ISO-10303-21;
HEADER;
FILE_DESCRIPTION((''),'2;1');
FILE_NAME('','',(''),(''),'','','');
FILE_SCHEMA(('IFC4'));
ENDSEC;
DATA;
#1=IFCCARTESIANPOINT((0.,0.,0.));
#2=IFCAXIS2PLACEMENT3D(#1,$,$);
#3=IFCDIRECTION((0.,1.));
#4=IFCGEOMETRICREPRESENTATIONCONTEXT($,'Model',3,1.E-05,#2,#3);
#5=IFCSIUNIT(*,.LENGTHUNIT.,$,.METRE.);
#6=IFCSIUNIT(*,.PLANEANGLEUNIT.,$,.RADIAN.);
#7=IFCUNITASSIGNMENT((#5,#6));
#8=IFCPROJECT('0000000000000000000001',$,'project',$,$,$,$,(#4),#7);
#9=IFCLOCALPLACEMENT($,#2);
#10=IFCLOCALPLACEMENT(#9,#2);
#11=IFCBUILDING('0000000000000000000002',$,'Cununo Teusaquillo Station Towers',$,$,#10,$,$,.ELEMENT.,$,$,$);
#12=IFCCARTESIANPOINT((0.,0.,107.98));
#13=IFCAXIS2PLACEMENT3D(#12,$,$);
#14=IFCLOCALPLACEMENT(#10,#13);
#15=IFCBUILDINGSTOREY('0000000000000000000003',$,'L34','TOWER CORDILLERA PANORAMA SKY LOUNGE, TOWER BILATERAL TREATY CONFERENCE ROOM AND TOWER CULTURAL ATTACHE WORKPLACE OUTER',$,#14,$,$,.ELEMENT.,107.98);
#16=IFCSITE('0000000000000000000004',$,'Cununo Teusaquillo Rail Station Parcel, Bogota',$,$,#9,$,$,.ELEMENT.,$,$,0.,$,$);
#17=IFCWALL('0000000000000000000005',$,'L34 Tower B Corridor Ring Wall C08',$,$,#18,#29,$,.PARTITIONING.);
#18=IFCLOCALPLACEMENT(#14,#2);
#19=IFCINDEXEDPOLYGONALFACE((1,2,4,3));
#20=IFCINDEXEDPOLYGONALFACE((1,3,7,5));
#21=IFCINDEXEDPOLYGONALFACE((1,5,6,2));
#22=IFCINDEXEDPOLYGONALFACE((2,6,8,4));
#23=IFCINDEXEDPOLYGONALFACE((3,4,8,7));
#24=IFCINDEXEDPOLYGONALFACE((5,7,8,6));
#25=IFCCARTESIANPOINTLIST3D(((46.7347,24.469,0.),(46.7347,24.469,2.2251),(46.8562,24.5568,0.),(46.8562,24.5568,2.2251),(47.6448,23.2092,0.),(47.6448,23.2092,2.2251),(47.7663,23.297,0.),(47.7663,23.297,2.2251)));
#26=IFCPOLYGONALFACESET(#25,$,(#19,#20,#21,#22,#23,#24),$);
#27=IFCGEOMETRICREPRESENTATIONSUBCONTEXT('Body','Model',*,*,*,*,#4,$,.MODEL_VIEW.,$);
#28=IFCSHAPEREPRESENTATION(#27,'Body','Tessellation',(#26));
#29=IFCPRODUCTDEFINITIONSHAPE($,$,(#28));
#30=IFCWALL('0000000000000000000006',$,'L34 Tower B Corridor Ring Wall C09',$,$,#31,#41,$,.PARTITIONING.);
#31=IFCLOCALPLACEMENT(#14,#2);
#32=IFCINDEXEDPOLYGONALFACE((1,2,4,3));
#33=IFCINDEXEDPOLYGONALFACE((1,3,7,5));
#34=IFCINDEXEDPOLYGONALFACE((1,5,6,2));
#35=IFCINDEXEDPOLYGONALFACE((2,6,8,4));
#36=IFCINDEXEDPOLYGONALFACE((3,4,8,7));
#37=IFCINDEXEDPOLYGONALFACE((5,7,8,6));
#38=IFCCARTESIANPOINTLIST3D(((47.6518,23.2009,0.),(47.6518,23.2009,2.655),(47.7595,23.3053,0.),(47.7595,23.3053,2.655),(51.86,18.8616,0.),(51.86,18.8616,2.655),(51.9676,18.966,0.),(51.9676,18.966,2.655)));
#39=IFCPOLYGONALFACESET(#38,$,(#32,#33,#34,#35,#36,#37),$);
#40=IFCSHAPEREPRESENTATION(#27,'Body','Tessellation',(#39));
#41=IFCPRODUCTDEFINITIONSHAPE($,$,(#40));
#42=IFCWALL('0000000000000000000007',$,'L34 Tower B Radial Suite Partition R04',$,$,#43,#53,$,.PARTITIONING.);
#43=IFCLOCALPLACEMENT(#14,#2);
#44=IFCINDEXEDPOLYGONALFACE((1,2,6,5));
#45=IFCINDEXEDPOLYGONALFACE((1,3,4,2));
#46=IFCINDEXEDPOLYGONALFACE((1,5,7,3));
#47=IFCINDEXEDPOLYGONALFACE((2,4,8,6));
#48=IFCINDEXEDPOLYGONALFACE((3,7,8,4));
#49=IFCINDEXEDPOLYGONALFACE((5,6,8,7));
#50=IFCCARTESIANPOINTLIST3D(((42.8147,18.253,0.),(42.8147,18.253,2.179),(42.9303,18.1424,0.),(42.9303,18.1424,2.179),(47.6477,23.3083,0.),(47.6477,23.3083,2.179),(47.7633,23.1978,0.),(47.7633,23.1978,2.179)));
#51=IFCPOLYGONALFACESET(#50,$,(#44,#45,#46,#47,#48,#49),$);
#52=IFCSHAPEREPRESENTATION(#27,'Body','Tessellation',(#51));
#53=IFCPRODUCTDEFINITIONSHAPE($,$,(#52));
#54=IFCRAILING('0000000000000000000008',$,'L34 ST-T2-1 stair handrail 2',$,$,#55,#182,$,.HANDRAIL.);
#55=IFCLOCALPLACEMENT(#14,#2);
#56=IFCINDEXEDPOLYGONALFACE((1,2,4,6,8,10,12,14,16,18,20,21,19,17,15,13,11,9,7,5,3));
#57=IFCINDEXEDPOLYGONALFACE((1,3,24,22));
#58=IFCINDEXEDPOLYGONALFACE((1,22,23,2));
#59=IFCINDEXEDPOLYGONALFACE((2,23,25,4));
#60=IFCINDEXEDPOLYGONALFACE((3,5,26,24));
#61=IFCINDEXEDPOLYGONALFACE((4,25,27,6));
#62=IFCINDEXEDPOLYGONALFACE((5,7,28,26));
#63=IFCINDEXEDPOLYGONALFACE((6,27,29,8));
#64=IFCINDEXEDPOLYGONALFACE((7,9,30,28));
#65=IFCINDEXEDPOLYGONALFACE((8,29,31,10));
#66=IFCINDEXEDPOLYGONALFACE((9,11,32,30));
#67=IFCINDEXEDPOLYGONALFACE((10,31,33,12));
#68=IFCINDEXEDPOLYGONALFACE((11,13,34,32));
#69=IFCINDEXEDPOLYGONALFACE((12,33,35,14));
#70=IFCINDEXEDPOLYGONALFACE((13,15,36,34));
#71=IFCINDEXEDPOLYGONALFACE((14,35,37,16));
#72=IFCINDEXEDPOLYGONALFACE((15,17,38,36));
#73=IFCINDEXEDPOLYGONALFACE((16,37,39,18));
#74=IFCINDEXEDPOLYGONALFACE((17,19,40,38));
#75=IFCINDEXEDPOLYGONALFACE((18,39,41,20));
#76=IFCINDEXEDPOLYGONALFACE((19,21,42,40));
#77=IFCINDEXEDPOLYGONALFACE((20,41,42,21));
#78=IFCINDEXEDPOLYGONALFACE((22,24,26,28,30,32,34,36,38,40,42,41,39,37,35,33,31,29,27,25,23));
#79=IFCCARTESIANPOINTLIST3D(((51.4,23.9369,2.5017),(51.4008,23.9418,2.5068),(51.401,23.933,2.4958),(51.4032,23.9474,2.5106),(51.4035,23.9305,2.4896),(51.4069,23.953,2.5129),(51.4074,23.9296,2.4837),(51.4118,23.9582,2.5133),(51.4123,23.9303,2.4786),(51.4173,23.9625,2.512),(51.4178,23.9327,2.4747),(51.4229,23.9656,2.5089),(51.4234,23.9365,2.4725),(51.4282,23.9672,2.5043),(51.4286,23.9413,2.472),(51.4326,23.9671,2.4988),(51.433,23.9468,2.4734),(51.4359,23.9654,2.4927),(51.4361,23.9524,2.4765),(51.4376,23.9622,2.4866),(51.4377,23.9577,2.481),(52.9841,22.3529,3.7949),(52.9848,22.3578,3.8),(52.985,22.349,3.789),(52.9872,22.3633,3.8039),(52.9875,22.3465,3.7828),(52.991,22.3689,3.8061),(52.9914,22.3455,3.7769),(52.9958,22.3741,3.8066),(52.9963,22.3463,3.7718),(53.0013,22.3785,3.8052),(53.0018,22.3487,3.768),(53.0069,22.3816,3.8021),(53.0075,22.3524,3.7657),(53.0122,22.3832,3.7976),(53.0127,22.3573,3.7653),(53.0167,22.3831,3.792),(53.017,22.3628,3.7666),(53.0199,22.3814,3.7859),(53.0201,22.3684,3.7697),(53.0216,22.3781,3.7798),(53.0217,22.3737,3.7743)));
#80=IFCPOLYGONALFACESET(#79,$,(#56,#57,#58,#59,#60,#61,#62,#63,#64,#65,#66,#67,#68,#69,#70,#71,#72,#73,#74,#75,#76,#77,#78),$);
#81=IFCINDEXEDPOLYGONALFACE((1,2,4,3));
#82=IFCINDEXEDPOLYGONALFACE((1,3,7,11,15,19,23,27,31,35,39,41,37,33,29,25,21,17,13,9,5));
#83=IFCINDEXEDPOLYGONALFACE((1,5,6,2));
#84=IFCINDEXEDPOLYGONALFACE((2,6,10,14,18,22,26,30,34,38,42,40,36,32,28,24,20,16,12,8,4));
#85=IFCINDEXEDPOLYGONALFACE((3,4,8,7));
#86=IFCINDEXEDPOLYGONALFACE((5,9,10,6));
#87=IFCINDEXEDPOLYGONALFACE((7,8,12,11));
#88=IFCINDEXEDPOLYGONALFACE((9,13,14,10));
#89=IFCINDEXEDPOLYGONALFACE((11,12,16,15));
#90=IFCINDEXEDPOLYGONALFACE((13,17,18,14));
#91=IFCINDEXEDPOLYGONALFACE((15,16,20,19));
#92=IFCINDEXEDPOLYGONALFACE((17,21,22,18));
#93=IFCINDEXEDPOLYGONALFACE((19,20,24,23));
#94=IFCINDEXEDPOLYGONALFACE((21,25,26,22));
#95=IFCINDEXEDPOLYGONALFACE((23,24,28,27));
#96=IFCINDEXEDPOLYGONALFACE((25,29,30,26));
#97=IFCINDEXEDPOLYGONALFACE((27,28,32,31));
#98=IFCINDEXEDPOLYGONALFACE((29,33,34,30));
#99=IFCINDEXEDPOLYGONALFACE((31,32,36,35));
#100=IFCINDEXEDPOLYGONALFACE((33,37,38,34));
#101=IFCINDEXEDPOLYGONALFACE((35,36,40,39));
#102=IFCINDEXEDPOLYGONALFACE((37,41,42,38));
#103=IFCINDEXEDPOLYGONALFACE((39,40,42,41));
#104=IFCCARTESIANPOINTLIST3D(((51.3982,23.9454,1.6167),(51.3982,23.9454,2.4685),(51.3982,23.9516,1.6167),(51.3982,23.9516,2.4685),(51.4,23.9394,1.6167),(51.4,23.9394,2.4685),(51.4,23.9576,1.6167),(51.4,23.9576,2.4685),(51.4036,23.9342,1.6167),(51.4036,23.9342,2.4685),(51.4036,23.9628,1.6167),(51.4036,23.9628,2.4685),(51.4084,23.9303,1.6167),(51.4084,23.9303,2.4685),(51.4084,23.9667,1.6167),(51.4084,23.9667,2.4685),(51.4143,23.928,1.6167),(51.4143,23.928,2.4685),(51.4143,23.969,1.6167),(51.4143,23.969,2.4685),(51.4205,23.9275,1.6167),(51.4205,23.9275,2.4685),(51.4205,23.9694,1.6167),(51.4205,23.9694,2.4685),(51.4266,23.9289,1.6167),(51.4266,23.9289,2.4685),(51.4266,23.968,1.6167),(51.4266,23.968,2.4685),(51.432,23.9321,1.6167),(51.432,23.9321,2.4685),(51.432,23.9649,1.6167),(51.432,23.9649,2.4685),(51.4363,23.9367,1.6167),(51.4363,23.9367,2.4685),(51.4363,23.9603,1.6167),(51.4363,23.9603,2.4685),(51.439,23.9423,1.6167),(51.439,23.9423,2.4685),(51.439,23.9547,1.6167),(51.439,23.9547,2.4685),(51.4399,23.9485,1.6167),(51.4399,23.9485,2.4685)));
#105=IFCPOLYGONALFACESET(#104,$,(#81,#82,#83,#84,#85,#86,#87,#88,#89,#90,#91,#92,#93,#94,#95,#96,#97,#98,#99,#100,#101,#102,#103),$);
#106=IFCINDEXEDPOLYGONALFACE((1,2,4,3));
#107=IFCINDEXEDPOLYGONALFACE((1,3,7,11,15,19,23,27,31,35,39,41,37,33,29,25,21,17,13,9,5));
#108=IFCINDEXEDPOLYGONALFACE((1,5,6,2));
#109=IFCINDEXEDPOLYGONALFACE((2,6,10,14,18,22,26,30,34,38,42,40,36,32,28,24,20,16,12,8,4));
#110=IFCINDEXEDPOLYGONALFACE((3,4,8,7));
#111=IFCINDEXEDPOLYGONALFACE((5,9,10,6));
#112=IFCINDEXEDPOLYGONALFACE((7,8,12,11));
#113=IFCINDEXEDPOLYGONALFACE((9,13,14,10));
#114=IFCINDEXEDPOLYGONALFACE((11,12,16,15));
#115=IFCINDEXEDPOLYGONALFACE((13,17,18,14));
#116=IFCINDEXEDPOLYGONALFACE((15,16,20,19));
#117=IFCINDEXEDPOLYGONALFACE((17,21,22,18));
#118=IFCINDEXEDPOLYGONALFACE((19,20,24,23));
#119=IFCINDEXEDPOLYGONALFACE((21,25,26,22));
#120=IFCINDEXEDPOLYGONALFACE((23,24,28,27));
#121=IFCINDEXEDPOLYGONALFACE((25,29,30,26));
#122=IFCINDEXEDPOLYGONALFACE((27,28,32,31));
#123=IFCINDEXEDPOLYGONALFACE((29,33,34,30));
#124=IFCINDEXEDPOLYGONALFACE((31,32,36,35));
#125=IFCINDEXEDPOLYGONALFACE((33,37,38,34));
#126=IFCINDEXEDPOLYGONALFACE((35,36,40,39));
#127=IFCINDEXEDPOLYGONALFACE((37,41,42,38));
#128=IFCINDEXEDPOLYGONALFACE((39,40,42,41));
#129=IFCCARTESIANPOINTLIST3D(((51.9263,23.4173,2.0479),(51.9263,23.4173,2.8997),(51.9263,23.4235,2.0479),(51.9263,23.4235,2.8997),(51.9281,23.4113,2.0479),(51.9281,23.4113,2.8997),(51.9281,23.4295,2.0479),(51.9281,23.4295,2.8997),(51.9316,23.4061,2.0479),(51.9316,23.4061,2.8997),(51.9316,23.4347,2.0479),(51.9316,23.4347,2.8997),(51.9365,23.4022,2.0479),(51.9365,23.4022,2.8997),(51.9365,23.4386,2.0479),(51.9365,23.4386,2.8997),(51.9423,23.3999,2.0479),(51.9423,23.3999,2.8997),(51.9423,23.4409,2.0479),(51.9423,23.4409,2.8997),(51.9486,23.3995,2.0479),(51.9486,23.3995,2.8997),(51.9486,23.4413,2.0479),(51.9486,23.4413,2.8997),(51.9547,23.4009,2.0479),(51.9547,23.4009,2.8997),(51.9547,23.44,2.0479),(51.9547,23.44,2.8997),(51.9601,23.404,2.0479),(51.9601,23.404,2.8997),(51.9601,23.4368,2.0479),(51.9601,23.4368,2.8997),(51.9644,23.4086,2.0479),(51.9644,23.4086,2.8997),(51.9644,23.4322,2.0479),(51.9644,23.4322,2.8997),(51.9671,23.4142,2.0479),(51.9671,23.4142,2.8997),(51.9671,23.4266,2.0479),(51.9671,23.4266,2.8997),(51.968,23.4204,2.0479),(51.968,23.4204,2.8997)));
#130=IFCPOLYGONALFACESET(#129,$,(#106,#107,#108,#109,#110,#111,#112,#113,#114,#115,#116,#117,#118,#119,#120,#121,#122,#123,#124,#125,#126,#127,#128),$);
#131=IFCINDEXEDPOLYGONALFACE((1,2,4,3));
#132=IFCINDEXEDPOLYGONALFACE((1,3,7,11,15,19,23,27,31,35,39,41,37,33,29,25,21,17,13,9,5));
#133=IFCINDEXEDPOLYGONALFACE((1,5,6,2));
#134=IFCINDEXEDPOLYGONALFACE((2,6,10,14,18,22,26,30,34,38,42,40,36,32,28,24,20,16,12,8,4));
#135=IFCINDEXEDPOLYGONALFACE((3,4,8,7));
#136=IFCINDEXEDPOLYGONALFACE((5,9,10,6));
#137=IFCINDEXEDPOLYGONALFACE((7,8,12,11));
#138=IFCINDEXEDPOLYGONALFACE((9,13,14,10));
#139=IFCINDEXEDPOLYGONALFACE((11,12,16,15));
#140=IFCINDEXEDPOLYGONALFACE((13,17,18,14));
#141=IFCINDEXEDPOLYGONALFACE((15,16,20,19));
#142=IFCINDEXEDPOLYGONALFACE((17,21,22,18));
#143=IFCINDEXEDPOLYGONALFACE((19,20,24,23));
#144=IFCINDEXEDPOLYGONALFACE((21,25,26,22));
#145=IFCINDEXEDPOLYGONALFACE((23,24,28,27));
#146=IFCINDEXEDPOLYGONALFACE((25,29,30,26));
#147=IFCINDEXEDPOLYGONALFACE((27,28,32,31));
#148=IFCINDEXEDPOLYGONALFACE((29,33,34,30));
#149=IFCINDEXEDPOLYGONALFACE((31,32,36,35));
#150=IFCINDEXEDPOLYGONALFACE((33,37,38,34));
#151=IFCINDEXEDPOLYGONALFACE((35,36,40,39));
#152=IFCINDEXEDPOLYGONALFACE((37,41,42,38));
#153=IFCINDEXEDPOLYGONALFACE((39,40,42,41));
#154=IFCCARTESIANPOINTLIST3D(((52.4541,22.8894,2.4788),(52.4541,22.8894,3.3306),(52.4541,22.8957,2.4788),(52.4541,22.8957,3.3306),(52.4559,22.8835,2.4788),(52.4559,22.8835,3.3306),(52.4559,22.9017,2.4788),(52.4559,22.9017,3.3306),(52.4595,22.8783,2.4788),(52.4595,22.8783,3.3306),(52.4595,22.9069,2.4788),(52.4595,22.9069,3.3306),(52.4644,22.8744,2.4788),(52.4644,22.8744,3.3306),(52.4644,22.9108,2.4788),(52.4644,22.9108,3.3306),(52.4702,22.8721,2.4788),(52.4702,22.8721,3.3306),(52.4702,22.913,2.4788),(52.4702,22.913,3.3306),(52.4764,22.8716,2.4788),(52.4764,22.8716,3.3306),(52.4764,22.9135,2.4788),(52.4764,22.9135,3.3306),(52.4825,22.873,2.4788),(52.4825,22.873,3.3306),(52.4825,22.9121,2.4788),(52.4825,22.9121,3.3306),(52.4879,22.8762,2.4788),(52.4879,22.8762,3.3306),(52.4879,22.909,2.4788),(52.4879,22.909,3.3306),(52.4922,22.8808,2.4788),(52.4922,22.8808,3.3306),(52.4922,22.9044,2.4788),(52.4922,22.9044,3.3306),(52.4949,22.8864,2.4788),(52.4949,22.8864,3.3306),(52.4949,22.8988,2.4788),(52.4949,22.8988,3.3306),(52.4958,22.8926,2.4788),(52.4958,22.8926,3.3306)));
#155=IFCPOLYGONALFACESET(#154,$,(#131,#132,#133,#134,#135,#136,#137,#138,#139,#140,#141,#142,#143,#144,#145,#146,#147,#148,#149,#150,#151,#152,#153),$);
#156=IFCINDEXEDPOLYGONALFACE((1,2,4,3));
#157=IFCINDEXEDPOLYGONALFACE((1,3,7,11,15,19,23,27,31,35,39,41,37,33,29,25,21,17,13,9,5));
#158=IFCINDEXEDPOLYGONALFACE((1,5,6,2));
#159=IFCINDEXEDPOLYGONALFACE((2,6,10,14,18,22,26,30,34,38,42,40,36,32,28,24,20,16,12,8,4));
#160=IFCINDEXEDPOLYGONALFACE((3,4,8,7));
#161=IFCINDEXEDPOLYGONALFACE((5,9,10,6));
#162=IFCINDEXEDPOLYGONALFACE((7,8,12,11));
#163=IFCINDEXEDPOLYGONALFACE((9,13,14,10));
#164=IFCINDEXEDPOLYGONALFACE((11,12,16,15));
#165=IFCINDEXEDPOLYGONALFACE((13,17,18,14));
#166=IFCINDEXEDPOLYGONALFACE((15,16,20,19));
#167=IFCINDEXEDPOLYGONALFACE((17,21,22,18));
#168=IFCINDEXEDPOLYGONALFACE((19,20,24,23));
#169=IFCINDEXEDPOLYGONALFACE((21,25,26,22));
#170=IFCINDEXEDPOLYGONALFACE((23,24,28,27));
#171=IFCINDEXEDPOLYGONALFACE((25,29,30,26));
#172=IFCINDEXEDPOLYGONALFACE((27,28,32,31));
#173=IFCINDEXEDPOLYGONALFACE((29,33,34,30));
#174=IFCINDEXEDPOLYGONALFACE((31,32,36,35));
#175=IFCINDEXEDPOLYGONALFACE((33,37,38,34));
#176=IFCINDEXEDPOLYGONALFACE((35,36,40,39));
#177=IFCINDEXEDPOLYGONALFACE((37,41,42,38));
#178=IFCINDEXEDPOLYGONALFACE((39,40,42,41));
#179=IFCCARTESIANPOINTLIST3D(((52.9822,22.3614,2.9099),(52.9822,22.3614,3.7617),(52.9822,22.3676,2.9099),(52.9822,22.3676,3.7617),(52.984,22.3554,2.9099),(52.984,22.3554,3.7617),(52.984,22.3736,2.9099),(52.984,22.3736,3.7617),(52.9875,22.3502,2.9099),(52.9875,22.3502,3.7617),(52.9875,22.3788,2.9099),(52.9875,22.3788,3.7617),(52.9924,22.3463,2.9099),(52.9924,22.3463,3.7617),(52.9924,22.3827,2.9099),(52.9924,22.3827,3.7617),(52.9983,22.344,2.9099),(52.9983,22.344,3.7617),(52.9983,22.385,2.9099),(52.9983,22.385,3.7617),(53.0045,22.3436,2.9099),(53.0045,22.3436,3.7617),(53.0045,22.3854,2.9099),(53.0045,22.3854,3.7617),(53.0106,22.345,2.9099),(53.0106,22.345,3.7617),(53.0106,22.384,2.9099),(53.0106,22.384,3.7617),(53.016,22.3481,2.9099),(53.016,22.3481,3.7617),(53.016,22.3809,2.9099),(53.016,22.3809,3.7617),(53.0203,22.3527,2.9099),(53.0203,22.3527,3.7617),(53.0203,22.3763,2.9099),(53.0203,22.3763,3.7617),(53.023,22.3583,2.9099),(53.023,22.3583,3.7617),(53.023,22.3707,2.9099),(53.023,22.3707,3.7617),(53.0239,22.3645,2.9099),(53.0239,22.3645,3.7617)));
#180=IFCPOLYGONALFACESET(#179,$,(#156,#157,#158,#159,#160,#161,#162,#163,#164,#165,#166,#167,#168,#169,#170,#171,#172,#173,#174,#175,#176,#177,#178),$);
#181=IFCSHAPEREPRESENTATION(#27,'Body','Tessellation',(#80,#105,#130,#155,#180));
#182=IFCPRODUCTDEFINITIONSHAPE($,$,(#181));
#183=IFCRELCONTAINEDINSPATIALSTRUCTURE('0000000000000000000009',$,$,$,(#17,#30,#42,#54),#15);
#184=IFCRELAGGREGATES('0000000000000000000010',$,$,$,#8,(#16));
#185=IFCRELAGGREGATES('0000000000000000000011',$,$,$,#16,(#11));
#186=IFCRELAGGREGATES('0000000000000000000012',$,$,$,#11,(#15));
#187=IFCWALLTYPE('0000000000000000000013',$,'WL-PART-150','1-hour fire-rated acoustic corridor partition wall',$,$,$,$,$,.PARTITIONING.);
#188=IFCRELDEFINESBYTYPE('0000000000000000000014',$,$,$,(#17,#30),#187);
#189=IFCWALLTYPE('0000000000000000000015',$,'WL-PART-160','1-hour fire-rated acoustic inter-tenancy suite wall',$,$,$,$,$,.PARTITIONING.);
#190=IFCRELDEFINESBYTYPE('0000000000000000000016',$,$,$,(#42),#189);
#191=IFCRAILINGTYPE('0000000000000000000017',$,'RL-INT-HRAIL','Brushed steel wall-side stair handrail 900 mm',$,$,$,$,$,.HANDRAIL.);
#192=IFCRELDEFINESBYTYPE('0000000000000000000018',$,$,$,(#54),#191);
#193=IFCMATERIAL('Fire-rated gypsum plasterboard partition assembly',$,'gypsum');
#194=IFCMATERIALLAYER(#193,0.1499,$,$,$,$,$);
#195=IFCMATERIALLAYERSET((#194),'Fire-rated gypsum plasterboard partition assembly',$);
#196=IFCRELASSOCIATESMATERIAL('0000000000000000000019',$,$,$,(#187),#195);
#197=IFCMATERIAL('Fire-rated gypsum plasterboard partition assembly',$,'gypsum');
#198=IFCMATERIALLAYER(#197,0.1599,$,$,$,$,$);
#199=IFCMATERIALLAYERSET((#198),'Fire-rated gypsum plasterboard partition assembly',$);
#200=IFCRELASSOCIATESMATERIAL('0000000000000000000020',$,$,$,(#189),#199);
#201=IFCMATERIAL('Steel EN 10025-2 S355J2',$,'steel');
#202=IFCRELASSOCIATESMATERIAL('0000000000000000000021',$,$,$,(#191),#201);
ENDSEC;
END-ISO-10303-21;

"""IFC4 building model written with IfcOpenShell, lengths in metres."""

from ifc_helpers import new_model, si_unit, direction, frame, frame_2d, origin, origin_2d, place, context, subcontext, project, spatial, rectangle, circle, extrude, material, layer, layer_set, type_object, element, save


model = new_model("IFC4")

# Units and contexts
model_context = context("Model", 3, precision=1e-05, world=origin(), true_north=direction((0.0, 1.0)))
body_context = subcontext(model_context, "Body", "Model", "MODEL_VIEW")
ifc_project = project(units=[si_unit("LENGTHUNIT", "METRE"), si_unit("PLANEANGLEUNIT", "RADIAN")], contexts=[model_context])

# Site, building, storey
site_placement = place(None, origin())
site = spatial("IfcSite", under=ifc_project, at=site_placement, Name="Cununo Teusaquillo Rail Station Parcel, Bogota", CompositionType="ELEMENT", RefElevation=0.0)
building_placement = place(site_placement, origin())
building = spatial("IfcBuilding", under=site, at=building_placement, Name="Cununo Teusaquillo Station Towers", CompositionType="ELEMENT")
storey_placement = place(building_placement, frame((0.0, 0.0, 107.98)))
storey = spatial("IfcBuildingStorey", under=building, at=storey_placement, Name="L34", Description="TOWER CORDILLERA PANORAMA SKY LOUNGE, TOWER BILATERAL TREATY CONFERENCE ROOM AND TOWER CULTURAL ATTACHE WORKPLACE OUTER", CompositionType="ELEMENT", Elevation=107.98)

# Walls
ifc_material_1 = material(Name="Fire-rated gypsum plasterboard partition assembly", Category="gypsum")
ifc_layer_1 = layer(ifc_material_1, 0.1499)
ifc_layer_set_1 = layer_set([ifc_layer_1], Name="Fire-rated gypsum plasterboard partition assembly")
wall_type_1 = type_object("IfcWallType", Name="WL-PART-150", Description="1-hour fire-rated acoustic corridor partition wall", PredefinedType="PARTITIONING", material=ifc_layer_set_1)
wall_1_placement = place(storey_placement, frame((46.7954, 24.5129, 0.0), z_axis=(0.0, 0.0, 1.0), x_axis=(0.585628, -0.81058, 0.0)))
element("IfcWall", 1, at=wall_1_placement, inside=storey, type_object=wall_type_1, Name="L34 Tower B Corridor Ring Wall C08", PredefinedType="PARTITIONING", context=body_context, shape_type="SweptSolid", body=[
    extrude(rectangle(XDim=1.5542, YDim=0.1499, at=frame_2d((0.7771, 0.0))), origin(), (0.0, 0.0, 1.0), 2.2251),
])
wall_2_placement = place(storey_placement, frame((47.7056, 23.2532, 0.0), z_axis=(0.0, 0.0, 1.0), x_axis=(0.696179, -0.717868, 0.0)))
element("IfcWall", 2, at=wall_2_placement, inside=storey, type_object=wall_type_1, Name="L34 Tower B Corridor Ring Wall C09", PredefinedType="PARTITIONING", context=body_context, shape_type="SweptSolid", body=[
    extrude(rectangle(XDim=6.0447, YDim=0.1499, at=frame_2d((3.0225, 0.0))), origin(), (0.0, 0.0, 1.0), 2.655),
])
ifc_material_2 = material(Name="Fire-rated gypsum plasterboard partition assembly", Category="gypsum")
ifc_layer_2 = layer(ifc_material_2, 0.1599)
ifc_layer_set_2 = layer_set([ifc_layer_2], Name="Fire-rated gypsum plasterboard partition assembly")
wall_type_2 = type_object("IfcWallType", Name="WL-PART-160", Description="1-hour fire-rated acoustic inter-tenancy suite wall", PredefinedType="PARTITIONING", material=ifc_layer_set_2)
wall_3_placement = place(storey_placement, frame((47.7056, 23.2532, 0.0), z_axis=(0.0, 0.0, 1.0), x_axis=(-0.691028, -0.722828, 0.0)))
element("IfcWall", 3, at=wall_3_placement, inside=storey, type_object=wall_type_2, Name="L34 Tower B Radial Suite Partition R04", PredefinedType="PARTITIONING", context=body_context, shape_type="SweptSolid", body=[
    extrude(rectangle(XDim=6.9939, YDim=0.1599, at=frame_2d((3.4971, 0.0))), origin(), (0.0, 0.0, 1.0), 2.179),
])

# Railing
ifc_material_3 = material(Name="Steel EN 10025-2 S355J2", Category="steel")
railing_type = type_object("IfcRailingType", Name="RL-INT-HRAIL", Description="Brushed steel wall-side stair handrail 900 mm", PredefinedType="HANDRAIL", material=ifc_material_3)
railing_placement = place(storey_placement, frame((51.4189, 23.9485, 1.6167)))
element("IfcRailing", 4, at=railing_placement, inside=storey, type_object=railing_type, Name="L34 ST-T2-1 stair handrail 2", PredefinedType="HANDRAIL", context=body_context, shape_type="SweptSolid", body=[
    extrude(circle(Radius=0.0239, at=origin_2d()), frame((0.0, 0.0, 0.876), z_axis=(0.612385, -0.612385, 0.49997), x_axis=(0.707107, 0.707107, 0.0)), (0.0, 0.0, 1.0), 2.5867),
    extrude(circle(Radius=0.021, at=origin_2d()), origin(), (0.0, 0.0, 1.0), 0.8518),
    extrude(circle(Radius=0.021, at=origin_2d()), frame((0.5281, -0.5281, 0.4312)), (0.0, 0.0, 1.0), 0.8518),
    extrude(circle(Radius=0.021, at=origin_2d()), frame((1.0559, -1.0559, 0.8621)), (0.0, 0.0, 1.0), 0.8518),
    extrude(circle(Radius=0.021, at=origin_2d()), frame((1.584, -1.584, 1.2932)), (0.0, 0.0, 1.0), 0.8518),
])

save(model, "model.ifc")
